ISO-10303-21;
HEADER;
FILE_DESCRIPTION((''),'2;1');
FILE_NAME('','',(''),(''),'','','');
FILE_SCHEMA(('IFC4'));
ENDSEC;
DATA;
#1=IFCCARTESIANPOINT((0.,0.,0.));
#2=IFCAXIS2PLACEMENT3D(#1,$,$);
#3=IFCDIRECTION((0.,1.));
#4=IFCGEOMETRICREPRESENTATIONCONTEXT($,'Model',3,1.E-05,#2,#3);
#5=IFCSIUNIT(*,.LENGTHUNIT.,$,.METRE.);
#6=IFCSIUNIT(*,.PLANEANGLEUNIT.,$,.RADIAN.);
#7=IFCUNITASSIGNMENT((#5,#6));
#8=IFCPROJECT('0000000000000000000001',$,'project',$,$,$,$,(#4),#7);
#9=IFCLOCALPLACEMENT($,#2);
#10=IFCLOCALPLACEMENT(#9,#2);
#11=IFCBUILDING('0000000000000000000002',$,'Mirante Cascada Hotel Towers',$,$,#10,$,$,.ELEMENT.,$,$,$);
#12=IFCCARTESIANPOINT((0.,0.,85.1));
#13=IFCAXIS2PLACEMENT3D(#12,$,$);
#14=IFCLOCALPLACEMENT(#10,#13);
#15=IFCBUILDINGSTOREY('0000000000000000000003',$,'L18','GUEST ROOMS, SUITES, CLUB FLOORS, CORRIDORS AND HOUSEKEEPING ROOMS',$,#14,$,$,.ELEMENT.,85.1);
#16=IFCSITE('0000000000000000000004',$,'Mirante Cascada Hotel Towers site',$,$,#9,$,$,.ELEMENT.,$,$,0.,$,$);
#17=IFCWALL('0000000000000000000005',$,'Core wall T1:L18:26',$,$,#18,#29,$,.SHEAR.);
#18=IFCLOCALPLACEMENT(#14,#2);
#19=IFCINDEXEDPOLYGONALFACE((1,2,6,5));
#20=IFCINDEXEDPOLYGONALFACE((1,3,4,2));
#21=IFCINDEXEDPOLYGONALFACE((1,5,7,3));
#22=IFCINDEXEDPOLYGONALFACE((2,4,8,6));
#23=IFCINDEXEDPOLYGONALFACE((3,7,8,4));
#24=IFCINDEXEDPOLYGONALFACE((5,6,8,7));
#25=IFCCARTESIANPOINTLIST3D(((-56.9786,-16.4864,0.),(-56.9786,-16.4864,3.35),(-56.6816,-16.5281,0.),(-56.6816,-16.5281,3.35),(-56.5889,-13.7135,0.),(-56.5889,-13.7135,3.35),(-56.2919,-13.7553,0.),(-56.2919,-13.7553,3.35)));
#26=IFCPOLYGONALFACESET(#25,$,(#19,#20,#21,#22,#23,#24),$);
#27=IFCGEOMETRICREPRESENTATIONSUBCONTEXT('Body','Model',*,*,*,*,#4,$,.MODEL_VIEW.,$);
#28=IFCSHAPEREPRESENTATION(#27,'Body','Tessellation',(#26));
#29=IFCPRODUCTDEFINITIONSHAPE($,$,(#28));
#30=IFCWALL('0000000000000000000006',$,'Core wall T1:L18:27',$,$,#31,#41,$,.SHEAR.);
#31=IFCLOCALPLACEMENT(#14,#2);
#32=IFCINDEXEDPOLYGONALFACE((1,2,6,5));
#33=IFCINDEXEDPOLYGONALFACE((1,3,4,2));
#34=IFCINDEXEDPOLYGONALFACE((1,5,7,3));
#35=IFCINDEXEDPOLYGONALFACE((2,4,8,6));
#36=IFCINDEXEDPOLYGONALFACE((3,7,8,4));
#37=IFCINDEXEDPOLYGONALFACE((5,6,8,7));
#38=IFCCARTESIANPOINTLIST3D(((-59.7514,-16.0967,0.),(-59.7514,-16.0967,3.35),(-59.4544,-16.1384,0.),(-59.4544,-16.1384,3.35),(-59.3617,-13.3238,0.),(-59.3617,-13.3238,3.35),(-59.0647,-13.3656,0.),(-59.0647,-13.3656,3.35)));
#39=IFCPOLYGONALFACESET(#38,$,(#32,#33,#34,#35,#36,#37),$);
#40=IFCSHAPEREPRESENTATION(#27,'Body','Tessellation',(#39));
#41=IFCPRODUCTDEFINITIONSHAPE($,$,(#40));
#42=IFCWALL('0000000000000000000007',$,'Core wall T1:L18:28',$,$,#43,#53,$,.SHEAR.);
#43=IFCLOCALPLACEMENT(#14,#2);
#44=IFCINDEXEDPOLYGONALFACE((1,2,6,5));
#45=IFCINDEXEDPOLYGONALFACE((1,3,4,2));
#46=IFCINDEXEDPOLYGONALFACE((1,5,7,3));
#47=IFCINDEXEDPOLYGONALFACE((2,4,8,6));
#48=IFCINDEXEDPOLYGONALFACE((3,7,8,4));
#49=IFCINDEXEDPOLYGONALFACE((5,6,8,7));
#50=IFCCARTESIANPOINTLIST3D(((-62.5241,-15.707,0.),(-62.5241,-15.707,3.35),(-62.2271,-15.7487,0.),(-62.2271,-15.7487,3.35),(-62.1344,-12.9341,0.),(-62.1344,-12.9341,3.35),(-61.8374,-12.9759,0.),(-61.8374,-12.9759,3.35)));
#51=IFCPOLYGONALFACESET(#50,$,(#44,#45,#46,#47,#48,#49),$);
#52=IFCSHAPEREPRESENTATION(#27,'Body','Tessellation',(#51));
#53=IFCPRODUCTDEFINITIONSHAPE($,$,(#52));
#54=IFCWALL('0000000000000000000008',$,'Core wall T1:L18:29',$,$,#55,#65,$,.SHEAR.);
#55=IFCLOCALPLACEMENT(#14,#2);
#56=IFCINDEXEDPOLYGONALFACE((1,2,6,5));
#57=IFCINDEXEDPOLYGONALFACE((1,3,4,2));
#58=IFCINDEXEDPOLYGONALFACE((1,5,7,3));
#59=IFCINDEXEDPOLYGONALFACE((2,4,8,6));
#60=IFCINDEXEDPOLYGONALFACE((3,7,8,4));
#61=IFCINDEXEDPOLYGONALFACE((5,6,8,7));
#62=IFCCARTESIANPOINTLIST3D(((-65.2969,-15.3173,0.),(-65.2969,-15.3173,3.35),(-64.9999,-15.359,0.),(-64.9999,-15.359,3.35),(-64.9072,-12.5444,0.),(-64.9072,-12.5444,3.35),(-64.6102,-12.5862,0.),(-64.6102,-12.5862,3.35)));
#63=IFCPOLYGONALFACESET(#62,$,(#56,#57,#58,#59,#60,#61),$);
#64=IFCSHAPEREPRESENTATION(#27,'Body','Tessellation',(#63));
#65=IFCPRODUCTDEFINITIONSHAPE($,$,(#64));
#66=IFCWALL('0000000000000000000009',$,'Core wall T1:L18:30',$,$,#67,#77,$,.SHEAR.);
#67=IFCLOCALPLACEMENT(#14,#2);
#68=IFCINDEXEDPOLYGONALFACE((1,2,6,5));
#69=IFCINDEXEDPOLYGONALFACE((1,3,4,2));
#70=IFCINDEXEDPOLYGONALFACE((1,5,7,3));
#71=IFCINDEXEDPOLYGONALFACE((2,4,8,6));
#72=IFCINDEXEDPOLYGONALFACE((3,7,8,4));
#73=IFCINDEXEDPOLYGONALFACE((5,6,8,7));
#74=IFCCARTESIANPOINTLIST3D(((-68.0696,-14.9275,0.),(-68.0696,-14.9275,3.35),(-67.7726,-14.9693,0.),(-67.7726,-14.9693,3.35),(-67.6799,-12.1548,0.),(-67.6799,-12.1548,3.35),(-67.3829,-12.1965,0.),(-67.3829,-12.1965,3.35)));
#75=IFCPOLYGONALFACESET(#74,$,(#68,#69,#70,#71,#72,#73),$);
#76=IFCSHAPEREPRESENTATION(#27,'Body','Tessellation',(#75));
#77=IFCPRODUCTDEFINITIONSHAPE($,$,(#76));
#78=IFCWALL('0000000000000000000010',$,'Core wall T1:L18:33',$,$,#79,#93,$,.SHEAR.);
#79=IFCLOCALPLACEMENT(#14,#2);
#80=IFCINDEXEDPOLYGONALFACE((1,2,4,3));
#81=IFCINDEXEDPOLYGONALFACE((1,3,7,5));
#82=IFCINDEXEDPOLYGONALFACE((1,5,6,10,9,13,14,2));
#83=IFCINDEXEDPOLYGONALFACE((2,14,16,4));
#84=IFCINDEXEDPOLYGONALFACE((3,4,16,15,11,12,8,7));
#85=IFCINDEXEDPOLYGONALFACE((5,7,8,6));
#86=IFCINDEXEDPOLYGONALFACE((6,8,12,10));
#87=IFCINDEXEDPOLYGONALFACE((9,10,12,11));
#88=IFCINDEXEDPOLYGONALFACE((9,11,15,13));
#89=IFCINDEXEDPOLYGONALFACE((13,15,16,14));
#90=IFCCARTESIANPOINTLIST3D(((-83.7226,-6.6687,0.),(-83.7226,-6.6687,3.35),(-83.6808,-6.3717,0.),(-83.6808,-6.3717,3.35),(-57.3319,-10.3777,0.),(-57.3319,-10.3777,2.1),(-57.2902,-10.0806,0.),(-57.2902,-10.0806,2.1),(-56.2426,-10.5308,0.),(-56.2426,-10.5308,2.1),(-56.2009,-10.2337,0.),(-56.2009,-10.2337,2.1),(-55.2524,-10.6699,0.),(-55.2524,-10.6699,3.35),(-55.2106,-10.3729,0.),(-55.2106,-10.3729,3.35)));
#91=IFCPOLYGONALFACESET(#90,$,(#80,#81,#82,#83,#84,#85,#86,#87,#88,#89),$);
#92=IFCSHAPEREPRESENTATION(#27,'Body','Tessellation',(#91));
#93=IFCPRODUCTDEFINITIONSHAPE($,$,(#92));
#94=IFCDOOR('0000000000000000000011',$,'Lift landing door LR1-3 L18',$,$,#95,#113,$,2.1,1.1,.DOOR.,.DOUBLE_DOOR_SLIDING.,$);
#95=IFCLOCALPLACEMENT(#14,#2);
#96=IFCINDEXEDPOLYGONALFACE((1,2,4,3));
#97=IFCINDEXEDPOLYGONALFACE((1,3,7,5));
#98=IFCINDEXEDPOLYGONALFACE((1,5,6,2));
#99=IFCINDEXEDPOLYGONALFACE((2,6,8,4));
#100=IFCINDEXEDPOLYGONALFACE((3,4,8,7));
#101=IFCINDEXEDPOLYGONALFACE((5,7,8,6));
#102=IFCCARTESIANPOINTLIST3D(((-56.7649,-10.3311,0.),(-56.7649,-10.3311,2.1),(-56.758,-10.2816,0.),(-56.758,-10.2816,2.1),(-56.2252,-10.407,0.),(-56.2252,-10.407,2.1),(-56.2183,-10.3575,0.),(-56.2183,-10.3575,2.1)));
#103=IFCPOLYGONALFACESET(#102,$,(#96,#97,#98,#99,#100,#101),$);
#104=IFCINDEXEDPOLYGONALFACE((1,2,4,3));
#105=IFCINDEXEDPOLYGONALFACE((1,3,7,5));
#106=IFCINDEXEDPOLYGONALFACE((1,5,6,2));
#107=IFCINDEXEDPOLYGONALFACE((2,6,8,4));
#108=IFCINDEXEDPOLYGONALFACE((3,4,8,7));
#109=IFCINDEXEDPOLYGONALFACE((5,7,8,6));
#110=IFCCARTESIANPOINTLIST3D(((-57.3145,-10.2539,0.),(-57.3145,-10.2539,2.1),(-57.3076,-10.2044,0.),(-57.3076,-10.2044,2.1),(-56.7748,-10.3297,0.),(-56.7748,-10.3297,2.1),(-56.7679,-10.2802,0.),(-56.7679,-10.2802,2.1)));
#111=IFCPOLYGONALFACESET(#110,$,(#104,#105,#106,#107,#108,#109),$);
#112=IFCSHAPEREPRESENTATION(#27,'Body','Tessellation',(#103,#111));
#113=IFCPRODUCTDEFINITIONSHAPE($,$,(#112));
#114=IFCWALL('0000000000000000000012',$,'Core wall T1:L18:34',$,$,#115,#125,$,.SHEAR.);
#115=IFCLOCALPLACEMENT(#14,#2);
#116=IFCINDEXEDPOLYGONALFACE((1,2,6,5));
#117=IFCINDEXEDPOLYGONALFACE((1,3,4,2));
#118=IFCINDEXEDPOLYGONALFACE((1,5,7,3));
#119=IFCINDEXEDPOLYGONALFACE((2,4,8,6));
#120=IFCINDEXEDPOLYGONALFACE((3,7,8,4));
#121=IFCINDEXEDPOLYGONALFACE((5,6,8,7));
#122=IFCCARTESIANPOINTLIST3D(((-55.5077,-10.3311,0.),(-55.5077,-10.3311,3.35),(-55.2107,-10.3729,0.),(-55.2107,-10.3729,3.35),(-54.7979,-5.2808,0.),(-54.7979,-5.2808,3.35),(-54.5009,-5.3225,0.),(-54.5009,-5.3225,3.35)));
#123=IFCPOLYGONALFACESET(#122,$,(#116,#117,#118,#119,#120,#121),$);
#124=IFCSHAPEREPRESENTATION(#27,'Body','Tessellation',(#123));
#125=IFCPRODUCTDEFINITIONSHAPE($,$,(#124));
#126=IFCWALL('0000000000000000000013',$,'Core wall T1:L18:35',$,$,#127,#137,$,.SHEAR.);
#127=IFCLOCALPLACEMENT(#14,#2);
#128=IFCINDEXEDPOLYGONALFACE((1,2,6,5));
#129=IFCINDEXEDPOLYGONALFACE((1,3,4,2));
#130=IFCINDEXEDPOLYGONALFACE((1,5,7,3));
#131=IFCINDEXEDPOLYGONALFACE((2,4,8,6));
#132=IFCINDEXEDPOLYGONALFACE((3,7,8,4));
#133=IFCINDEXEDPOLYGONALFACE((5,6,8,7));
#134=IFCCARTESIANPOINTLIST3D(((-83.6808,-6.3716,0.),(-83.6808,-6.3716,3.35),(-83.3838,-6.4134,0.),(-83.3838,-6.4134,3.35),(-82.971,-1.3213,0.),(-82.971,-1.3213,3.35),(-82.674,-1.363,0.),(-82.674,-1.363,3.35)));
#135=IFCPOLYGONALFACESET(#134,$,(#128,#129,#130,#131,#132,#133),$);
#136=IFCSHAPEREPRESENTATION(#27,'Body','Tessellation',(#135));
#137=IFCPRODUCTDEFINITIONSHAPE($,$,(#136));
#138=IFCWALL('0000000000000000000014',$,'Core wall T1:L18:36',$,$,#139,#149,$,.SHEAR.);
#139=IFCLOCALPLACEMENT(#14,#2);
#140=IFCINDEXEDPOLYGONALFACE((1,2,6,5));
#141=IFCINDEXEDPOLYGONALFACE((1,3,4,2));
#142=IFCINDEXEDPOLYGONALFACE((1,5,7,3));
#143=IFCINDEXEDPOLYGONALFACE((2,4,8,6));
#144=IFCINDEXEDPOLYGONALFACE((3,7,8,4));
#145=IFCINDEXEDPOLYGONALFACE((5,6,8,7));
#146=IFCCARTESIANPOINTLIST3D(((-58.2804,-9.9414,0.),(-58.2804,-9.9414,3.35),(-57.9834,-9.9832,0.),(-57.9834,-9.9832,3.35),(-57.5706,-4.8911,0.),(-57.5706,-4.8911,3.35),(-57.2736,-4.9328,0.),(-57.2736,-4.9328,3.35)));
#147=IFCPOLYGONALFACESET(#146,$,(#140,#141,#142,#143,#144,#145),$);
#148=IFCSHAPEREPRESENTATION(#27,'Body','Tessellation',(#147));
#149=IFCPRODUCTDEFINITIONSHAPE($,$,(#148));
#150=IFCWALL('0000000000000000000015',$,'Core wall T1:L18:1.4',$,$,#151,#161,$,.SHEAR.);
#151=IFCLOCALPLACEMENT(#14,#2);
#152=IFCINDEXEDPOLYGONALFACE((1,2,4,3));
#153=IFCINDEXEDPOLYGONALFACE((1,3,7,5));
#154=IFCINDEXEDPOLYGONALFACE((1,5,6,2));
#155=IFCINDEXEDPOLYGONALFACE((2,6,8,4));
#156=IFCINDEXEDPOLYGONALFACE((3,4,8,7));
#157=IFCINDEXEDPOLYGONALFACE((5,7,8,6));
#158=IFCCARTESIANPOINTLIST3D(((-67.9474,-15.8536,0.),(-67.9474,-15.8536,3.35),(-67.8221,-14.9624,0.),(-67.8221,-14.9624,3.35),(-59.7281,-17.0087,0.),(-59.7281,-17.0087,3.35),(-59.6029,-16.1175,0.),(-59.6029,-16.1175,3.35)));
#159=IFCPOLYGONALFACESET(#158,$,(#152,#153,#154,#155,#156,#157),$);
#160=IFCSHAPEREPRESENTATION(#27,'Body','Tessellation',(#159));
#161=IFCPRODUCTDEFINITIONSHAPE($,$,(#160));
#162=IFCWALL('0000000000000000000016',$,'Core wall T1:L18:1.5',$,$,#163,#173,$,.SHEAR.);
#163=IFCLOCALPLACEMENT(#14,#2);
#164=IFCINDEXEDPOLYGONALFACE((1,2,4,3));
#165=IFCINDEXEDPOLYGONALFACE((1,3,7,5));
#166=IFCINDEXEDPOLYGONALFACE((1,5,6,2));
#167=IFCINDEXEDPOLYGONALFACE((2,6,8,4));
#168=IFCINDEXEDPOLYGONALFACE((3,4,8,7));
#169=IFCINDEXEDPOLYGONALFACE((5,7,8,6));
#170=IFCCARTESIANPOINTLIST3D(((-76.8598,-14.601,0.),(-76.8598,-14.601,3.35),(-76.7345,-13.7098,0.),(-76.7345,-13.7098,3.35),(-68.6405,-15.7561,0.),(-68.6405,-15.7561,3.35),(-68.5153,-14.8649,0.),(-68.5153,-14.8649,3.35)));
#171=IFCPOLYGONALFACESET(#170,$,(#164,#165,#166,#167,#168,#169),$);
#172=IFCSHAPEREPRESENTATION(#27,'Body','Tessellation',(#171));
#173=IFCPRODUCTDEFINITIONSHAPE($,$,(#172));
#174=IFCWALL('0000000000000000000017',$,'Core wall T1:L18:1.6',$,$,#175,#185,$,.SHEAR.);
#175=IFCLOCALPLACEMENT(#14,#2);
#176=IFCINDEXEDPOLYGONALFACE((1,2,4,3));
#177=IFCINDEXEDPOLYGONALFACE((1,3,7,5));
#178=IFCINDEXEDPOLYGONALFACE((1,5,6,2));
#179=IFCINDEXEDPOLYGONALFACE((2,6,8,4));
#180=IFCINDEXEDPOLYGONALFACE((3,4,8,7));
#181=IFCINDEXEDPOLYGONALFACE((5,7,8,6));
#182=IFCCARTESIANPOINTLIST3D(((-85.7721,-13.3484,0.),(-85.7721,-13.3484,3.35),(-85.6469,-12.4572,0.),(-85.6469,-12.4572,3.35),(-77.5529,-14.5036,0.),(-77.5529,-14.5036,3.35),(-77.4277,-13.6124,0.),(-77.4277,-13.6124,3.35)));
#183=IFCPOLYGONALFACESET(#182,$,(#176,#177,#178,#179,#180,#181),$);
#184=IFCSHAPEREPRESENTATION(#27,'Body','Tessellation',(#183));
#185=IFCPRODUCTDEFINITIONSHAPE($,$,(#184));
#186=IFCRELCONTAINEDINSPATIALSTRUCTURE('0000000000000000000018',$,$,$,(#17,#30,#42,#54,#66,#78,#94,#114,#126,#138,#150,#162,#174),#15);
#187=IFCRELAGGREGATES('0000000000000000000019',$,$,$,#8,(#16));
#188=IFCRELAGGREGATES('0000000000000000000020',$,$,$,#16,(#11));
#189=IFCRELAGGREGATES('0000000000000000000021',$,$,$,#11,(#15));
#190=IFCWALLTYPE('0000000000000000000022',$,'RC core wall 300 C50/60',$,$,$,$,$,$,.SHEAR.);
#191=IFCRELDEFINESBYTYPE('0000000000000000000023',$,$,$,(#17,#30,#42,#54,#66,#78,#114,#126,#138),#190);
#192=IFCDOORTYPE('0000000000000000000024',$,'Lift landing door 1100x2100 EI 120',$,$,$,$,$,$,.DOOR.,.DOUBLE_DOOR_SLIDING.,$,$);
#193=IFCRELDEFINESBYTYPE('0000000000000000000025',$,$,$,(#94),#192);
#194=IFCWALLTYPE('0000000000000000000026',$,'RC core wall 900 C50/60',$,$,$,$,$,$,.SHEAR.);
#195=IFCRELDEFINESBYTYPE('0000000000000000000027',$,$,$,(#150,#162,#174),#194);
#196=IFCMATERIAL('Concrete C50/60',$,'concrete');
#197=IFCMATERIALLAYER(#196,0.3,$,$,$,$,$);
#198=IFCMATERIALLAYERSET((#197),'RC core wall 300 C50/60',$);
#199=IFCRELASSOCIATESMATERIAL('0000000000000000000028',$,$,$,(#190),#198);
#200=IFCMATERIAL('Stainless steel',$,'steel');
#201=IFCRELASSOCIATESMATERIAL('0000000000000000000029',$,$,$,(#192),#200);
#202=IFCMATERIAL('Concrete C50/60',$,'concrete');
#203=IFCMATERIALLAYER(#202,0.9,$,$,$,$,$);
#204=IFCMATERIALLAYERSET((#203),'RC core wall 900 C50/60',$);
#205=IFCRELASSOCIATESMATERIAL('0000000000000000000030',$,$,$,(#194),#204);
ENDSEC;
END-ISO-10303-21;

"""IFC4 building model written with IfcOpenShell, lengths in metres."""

from ifc_helpers import new_model, si_unit, direction, frame, frame_2d, origin, place, context, subcontext, project, spatial, rectangle, extrude, material, layer, layer_set, type_object, element, fill, save


model = new_model("IFC4")

# Units and contexts
model_context = context("Model", 3, precision=1e-05, world=origin(), true_north=direction((0.0, 1.0)))
body_context = subcontext(model_context, "Body", "Model", "MODEL_VIEW")
ifc_project = project(units=[si_unit("LENGTHUNIT", "METRE"), si_unit("PLANEANGLEUNIT", "RADIAN")], contexts=[model_context])

# Site, building, storey
site_placement = place(None, origin())
site = spatial("IfcSite", under=ifc_project, at=site_placement, Name="Mirante Cascada Hotel Towers site", CompositionType="ELEMENT", RefElevation=0.0)
building_placement = place(site_placement, origin())
building = spatial("IfcBuilding", under=site, at=building_placement, Name="Mirante Cascada Hotel Towers", CompositionType="ELEMENT")
storey_placement = place(building_placement, frame((0.0, 0.0, 85.1)))
storey = spatial("IfcBuildingStorey", under=building, at=storey_placement, Name="L18", Description="GUEST ROOMS, SUITES, CLUB FLOORS, CORRIDORS AND HOUSEKEEPING ROOMS", CompositionType="ELEMENT", Elevation=85.1)

# Walls
ifc_material_1 = material(Name="Concrete C50/60", Category="concrete")
ifc_layer_1 = layer(ifc_material_1, 0.3)
ifc_layer_set_1 = layer_set([ifc_layer_1], Name="RC core wall 300 C50/60")
wall_type_1 = type_object("IfcWallType", Name="RC core wall 300 C50/60", PredefinedType="SHEAR", material=ifc_layer_set_1)
for number, where, z_axis, x_axis, name in (
    (1, (-56.8301, -16.5072, 0.0), (0.0, 0.0, 1.0), (0.139176, 0.990268, 0.0), "Core wall T1:L18:26"),
    (2, (-59.6029, -16.1175, 0.0), (0.0, 0.0, 1.0), (0.139176, 0.990268, 0.0), "Core wall T1:L18:27"),
    (3, (-62.3756, -15.7278, 0.0), (0.0, 0.0, 1.0), (0.139176, 0.990268, 0.0), "Core wall T1:L18:28"),
    (4, (-65.1484, -15.3381, 0.0), (0.0, 0.0, 1.0), (0.139176, 0.990268, 0.0), "Core wall T1:L18:29"),
):
    element("IfcWall", number, at=place(storey_placement, frame(where, z_axis=z_axis, x_axis=x_axis)), inside=storey, type_object=wall_type_1, Name=name, PredefinedType="SHEAR", context=body_context, shape_type="SweptSolid", body=[
        extrude(rectangle(XDim=2.8001, YDim=0.3, at=frame_2d((1.4, 0.0))), origin(), (0.0, 0.0, 1.0), 3.35),
    ])
wall_1_placement = place(storey_placement, frame((-67.9211, -14.9484, 0.0), z_axis=(0.0, 0.0, 1.0), x_axis=(0.139181, 0.990267, 0.0)))
element("IfcWall", 5, at=wall_1_placement, inside=storey, type_object=wall_type_1, Name="Core wall T1:L18:30", PredefinedType="SHEAR", context=body_context, shape_type="SweptSolid", body=[
    extrude(rectangle(XDim=2.8, YDim=0.3, at=frame_2d((1.4, 0.0))), origin(), (0.0, 0.0, 1.0), 3.35),
])

# Wall, opening, door
wall_2_placement = place(storey_placement, frame((-55.2315, -10.5214, 0.0), z_axis=(0.0, 0.0, 1.0), x_axis=(-0.990268, 0.139172, 0.0)))
wall_2 = element("IfcWall", 6, at=wall_2_placement, inside=storey, type_object=wall_type_1, Name="Core wall T1:L18:33", PredefinedType="SHEAR", context=body_context, shape_type="SweptSolid", body=[
    extrude(rectangle(XDim=28.75, YDim=0.3, at=frame_2d((14.375, 0.0))), origin(), (0.0, 0.0, 1.0), 3.35),
])
opening_placement = place(wall_2_placement, frame((1.0, 0.0, 0.0)))
opening = element("IfcOpeningElement", 7, at=opening_placement, cuts=wall_2, PredefinedType="OPENING", context=body_context, shape_type="SweptSolid", body=[
    extrude(rectangle(XDim=1.1, YDim=2.1, at=frame_2d((0.55, 1.05))), frame((0.0, 0.15, 0.0), z_axis=(0.0, -1.0, 0.0), x_axis=(1.0, 0.0, 0.0)), (0.0, 0.0, 1.0), 0.3),
])
ifc_material_2 = material(Name="Stainless steel", Category="steel")
door_type = type_object("IfcDoorType", Name="Lift landing door 1100x2100 EI 120", OperationType="DOUBLE_DOOR_SLIDING", PredefinedType="DOOR", material=ifc_material_2)
door_placement = place(opening_placement, origin())
door = element("IfcDoor", 8, at=door_placement, inside=storey, type_object=door_type, Name="Lift landing door LR1-3 L18", OperationType="DOUBLE_DOOR_SLIDING", OverallHeight=2.1, OverallWidth=1.1, PredefinedType="DOOR", context=body_context, shape_type="SweptSolid", body=[
    extrude(rectangle(XDim=0.545, YDim=2.1, at=frame_2d((0.2725, 1.05))), frame((0.0, 0.025, 0.0), z_axis=(0.0, -1.0, 0.0), x_axis=(1.0, 0.0, 0.0)), (0.0, 0.0, 1.0), 0.05),
    extrude(rectangle(XDim=0.545, YDim=2.1, at=frame_2d((0.8275, 1.05))), frame((0.0, 0.025, 0.0), z_axis=(0.0, -1.0, 0.0), x_axis=(1.0, 0.0, 0.0)), (0.0, 0.0, 1.0), 0.05),
])
fill(opening, door)

# Walls
for number, where, z_axis, x_axis, name in (
    (9, (-55.3592, -10.352, 0.0), (0.0, 0.0, 1.0), (0.139176, 0.990268, 0.0), "Core wall T1:L18:34"),
    (10, (-83.5323, -6.3925, 0.0), (0.0, 0.0, 1.0), (0.139176, 0.990268, 0.0), "Core wall T1:L18:35"),
    (11, (-58.1319, -9.9623, 0.0), (0.0, 0.0, 1.0), (0.139176, 0.990268, 0.0), "Core wall T1:L18:36"),
):
    element("IfcWall", number, at=place(storey_placement, frame(where, z_axis=z_axis, x_axis=x_axis)), inside=storey, type_object=wall_type_1, Name=name, PredefinedType="SHEAR", context=body_context, shape_type="SweptSolid", body=[
        extrude(rectangle(XDim=5.1, YDim=0.3, at=frame_2d((2.55, 0.0))), origin(), (0.0, 0.0, 1.0), 3.35),
    ])
ifc_material_3 = material(Name="Concrete C50/60", Category="concrete")
ifc_layer_2 = layer(ifc_material_3, 0.9)
ifc_layer_set_2 = layer_set([ifc_layer_2], Name="RC core wall 900 C50/60")
wall_type_2 = type_object("IfcWallType", Name="RC core wall 900 C50/60", PredefinedType="SHEAR", material=ifc_layer_set_2)
for number, where, z_axis, x_axis, name in (
    (12, (-59.6655, -16.5631, 0.0), (0.0, 0.0, 1.0), (-0.990269, 0.139169, 0.0), "Core wall T1:L18:1.4"),
    (13, (-68.5779, -15.3105, 0.0), (0.0, 0.0, 1.0), (-0.990269, 0.139169, 0.0), "Core wall T1:L18:1.5"),
    (14, (-77.4903, -14.058, 0.0), (0.0, 0.0, 1.0), (-0.990267, 0.139181, 0.0), "Core wall T1:L18:1.6"),
):
    element("IfcWall", number, at=place(storey_placement, frame(where, z_axis=z_axis, x_axis=x_axis)), inside=storey, type_object=wall_type_2, Name=name, PredefinedType="SHEAR", context=body_context, shape_type="SweptSolid", body=[
        extrude(rectangle(XDim=8.3, YDim=0.9, at=frame_2d((4.15, 0.0))), origin(), (0.0, 0.0, 1.0), 3.35),
    ])

save(model, "model.ifc")
